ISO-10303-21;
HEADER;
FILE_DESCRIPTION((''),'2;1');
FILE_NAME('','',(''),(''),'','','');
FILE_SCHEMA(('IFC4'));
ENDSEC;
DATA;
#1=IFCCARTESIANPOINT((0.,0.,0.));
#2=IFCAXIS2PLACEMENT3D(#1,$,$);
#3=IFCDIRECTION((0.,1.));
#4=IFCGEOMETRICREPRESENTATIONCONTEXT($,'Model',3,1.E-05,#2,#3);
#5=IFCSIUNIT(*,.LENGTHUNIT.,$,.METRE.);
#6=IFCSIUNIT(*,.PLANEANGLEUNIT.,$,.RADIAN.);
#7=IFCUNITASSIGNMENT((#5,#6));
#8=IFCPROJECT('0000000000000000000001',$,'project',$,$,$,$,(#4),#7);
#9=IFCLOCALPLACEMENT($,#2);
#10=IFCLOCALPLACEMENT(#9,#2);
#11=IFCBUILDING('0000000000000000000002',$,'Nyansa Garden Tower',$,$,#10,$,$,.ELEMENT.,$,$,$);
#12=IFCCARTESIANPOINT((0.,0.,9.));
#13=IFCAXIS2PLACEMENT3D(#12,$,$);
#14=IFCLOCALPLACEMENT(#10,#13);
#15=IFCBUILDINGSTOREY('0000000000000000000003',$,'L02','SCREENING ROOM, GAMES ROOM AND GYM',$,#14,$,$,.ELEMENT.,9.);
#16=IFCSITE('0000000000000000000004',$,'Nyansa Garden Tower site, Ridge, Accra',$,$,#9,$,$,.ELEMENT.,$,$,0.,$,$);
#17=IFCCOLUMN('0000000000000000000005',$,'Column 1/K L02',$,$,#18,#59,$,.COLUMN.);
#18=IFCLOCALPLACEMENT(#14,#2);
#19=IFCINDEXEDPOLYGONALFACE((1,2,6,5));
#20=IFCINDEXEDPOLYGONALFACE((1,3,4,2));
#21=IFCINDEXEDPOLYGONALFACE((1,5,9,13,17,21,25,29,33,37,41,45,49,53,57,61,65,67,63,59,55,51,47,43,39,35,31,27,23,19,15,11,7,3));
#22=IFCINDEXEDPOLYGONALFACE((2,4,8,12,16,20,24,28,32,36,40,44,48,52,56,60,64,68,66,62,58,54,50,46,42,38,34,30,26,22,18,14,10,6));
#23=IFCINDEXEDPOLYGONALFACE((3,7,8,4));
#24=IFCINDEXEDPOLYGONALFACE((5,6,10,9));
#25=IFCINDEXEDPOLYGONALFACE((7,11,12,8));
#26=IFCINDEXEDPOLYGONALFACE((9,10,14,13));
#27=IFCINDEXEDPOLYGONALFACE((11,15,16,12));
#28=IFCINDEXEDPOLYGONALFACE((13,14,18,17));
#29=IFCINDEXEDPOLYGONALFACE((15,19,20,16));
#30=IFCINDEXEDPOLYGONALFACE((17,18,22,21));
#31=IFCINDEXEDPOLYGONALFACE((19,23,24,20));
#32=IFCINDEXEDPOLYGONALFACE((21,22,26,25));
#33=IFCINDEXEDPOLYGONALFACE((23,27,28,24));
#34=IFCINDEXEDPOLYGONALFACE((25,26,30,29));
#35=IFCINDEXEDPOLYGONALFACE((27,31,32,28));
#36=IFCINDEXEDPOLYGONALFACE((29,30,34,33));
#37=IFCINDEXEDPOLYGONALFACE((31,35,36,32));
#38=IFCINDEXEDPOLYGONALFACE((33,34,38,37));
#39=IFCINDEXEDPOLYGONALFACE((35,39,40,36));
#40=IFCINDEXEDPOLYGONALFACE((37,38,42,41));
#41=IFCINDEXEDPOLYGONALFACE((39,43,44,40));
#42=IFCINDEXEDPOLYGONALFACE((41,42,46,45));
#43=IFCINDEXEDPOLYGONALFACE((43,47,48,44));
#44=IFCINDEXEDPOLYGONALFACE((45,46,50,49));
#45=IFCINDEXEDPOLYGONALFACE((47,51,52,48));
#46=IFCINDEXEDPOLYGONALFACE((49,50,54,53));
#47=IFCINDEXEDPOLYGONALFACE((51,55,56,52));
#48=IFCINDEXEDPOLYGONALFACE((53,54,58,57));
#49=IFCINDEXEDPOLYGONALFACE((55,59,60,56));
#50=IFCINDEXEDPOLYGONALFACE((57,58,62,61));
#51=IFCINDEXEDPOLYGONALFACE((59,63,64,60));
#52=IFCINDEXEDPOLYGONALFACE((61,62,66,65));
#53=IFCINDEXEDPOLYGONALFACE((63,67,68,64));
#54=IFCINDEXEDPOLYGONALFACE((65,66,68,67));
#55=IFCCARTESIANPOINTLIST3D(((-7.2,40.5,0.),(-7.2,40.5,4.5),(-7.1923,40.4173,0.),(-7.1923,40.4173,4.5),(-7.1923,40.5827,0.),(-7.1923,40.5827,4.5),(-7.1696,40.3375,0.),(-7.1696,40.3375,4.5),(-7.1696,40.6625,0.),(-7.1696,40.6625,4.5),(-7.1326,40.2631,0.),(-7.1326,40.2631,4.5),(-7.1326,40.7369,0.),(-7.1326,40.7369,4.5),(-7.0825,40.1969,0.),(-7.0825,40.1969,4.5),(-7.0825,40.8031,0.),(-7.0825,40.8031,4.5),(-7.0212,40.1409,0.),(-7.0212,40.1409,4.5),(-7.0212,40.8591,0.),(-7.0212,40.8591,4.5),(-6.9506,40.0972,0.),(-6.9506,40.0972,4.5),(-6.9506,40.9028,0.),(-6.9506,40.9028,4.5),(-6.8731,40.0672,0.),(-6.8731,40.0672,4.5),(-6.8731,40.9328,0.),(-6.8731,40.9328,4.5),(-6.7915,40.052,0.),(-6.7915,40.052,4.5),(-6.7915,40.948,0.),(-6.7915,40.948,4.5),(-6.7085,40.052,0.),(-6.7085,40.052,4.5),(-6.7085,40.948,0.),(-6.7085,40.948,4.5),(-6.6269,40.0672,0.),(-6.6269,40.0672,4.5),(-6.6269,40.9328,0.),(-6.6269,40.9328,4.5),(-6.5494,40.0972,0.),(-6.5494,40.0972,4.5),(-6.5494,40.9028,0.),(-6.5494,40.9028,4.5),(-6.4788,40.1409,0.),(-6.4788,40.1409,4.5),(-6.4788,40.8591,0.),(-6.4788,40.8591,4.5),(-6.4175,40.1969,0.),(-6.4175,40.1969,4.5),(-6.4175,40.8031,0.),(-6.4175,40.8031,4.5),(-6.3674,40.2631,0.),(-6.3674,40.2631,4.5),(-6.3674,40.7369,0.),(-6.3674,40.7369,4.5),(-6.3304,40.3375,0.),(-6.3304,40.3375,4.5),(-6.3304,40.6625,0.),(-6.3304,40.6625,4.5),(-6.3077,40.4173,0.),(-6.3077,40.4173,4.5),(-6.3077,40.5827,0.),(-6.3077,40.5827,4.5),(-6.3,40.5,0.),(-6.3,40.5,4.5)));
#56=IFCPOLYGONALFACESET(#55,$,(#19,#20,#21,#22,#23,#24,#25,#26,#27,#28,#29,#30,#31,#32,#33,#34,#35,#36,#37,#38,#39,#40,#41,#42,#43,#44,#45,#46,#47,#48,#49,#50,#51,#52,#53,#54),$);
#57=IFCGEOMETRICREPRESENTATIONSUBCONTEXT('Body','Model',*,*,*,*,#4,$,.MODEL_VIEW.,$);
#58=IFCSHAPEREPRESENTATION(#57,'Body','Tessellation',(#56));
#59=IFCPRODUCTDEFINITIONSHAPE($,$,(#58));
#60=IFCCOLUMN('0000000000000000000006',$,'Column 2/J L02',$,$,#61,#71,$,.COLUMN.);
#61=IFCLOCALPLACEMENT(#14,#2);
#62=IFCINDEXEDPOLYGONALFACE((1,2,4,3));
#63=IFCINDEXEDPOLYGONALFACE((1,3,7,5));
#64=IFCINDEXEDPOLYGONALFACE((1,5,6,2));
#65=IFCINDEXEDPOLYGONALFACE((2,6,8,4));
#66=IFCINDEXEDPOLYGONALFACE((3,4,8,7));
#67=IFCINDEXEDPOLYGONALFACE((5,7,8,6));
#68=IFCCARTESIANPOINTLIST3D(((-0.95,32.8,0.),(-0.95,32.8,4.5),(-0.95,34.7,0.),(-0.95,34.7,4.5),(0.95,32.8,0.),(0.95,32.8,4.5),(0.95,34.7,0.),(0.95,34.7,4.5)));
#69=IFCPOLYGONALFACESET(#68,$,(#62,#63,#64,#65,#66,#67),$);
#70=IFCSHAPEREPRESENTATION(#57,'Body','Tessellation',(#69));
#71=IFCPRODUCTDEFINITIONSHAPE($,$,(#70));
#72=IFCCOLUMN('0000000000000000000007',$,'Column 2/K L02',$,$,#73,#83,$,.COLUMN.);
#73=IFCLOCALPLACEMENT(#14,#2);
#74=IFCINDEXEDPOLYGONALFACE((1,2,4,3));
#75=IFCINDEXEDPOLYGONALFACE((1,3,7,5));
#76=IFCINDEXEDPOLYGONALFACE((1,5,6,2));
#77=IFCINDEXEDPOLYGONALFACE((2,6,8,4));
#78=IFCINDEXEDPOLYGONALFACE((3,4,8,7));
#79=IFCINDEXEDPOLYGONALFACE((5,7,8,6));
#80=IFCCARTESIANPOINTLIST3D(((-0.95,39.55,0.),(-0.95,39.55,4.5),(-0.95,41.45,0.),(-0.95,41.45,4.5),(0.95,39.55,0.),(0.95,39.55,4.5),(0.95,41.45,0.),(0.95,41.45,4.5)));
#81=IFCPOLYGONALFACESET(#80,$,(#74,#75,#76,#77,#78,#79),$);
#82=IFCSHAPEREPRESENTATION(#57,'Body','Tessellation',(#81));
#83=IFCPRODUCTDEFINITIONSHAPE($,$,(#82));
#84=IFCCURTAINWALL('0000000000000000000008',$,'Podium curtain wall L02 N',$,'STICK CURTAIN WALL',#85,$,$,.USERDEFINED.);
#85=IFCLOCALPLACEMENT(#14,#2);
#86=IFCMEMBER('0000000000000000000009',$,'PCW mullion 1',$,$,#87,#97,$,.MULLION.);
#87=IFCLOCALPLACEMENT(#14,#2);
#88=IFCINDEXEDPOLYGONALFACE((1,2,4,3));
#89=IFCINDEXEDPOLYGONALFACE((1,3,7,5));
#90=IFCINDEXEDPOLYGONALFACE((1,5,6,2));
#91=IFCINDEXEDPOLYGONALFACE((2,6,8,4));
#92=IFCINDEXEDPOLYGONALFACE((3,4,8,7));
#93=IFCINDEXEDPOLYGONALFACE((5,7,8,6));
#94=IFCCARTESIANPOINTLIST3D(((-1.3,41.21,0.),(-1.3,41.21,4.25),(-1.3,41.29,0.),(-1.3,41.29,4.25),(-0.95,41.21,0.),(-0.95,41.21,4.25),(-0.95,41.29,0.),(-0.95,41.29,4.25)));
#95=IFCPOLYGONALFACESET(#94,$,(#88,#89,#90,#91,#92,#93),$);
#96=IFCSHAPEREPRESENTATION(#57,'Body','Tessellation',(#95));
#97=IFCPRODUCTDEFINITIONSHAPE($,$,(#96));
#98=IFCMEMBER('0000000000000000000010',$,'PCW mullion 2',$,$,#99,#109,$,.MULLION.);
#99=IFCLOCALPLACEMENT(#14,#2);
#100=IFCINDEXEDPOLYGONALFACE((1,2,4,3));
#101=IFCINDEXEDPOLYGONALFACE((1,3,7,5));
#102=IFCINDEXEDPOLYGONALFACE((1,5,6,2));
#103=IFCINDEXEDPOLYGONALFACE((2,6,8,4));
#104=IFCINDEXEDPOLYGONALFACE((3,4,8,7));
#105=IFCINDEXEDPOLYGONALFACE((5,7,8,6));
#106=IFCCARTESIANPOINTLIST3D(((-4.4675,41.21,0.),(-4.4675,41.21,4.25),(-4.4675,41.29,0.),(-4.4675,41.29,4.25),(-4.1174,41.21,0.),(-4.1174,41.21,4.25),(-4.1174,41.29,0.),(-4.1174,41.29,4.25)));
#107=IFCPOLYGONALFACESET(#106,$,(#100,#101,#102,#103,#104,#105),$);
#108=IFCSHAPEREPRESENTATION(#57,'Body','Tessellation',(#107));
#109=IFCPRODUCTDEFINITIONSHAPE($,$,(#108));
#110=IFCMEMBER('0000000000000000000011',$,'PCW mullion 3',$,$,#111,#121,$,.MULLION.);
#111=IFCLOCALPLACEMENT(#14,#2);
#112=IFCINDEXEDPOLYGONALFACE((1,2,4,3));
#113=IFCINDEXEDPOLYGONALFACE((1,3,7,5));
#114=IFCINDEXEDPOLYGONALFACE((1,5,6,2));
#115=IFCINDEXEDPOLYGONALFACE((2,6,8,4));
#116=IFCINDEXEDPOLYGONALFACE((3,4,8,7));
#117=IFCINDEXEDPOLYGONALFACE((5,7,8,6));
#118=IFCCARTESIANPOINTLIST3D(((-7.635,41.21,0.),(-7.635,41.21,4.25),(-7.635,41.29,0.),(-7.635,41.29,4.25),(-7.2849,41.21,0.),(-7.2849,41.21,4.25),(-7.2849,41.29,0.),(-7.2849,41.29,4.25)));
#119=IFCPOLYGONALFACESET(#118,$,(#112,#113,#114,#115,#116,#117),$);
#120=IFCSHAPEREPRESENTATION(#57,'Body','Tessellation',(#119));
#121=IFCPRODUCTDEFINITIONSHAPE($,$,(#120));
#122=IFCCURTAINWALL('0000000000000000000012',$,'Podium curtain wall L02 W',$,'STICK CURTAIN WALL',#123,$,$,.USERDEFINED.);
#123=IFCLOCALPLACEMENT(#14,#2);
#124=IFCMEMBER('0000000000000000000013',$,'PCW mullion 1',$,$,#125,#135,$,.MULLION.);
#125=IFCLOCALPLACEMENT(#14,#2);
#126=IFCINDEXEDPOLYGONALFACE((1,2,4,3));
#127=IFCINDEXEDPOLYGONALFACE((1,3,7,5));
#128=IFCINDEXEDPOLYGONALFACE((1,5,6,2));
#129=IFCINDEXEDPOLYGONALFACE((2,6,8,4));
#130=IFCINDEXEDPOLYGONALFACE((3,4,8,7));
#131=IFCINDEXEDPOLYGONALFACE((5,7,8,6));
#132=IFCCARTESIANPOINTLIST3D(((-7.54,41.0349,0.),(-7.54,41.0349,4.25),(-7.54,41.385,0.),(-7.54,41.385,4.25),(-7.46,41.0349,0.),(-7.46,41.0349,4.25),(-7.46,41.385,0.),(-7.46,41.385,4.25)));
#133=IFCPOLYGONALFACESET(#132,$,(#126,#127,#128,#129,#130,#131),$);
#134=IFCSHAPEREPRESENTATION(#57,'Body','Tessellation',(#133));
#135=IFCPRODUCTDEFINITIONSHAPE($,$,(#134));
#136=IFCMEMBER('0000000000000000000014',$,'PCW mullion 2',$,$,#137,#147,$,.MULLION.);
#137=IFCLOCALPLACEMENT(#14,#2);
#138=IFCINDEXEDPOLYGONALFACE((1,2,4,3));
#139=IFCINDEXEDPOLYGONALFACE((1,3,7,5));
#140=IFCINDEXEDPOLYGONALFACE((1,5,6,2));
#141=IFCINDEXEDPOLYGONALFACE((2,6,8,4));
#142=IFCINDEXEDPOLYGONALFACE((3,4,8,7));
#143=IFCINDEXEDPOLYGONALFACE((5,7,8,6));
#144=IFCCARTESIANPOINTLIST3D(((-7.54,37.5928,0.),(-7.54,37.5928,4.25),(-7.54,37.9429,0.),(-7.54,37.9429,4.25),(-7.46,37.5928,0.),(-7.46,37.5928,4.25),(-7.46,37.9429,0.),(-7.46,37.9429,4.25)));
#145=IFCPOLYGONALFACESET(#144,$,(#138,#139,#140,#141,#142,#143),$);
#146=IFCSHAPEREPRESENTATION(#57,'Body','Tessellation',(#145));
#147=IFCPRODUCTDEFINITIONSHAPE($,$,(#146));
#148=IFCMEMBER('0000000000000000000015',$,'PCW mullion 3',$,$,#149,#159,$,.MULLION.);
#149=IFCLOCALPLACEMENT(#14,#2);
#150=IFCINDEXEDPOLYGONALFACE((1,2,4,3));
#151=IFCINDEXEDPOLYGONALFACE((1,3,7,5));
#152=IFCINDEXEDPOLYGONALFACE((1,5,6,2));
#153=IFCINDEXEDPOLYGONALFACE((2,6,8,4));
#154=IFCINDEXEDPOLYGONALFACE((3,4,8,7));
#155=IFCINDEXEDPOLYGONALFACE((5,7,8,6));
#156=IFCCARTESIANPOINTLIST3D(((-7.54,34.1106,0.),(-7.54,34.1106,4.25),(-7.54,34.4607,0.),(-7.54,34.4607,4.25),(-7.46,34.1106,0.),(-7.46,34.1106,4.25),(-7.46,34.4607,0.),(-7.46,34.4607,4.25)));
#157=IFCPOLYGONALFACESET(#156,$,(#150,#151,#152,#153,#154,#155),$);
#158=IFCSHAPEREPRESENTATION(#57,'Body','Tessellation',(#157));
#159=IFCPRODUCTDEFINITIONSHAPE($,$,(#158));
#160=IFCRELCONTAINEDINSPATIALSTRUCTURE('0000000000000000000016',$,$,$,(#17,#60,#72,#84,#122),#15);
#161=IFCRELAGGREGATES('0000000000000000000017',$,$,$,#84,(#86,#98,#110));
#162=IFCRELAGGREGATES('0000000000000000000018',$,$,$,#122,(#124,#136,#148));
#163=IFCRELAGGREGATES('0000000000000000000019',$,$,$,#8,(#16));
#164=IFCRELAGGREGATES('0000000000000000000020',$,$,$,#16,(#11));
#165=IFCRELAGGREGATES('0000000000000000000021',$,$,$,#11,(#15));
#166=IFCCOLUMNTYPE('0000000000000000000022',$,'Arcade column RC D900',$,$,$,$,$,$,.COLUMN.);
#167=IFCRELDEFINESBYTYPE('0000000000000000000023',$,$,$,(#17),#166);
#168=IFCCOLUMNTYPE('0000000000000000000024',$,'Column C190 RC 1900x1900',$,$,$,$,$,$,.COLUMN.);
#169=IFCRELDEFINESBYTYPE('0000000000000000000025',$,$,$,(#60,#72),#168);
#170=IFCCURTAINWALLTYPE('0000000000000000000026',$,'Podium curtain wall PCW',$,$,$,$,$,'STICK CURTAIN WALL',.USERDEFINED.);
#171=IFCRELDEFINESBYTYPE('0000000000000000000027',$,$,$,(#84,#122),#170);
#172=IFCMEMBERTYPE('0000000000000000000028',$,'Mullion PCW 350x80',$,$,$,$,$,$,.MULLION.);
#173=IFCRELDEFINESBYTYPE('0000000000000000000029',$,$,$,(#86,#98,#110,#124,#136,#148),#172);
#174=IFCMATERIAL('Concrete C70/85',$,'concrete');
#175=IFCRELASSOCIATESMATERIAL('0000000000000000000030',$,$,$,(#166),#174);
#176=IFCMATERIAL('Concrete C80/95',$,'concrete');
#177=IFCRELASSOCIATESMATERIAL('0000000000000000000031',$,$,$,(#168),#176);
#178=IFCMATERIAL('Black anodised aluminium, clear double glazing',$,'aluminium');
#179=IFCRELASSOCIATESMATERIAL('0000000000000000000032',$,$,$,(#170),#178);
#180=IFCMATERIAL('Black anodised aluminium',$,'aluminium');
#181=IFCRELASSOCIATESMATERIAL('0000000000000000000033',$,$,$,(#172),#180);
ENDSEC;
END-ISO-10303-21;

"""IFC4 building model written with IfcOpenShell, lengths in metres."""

from ifc_helpers import new_model, si_unit, direction, frame, origin, origin_2d, place, context, subcontext, project, spatial, rectangle, circle, extrude, material, material_profile, profile_set, type_object, element, aggregate, save


model = new_model("IFC4")

# Units and contexts
model_context = context("Model", 3, precision=1e-05, world=origin(), true_north=direction((0.0, 1.0)))
body_context = subcontext(model_context, "Body", "Model", "MODEL_VIEW")
ifc_project = project(units=[si_unit("LENGTHUNIT", "METRE"), si_unit("PLANEANGLEUNIT", "RADIAN")], contexts=[model_context])

# Site, building, storey
site_placement = place(None, origin())
site = spatial("IfcSite", under=ifc_project, at=site_placement, Name="Nyansa Garden Tower site, Ridge, Accra", CompositionType="ELEMENT", RefElevation=0.0)
building_placement = place(site_placement, origin())
building = spatial("IfcBuilding", under=site, at=building_placement, Name="Nyansa Garden Tower", CompositionType="ELEMENT")
storey_placement = place(building_placement, frame((0.0, 0.0, 9.0)))
storey = spatial("IfcBuildingStorey", under=building, at=storey_placement, Name="L02", Description="SCREENING ROOM, GAMES ROOM AND GYM", CompositionType="ELEMENT", Elevation=9.0)

# Columns
ifc_material_1 = material(Name="Concrete C70/85", Category="concrete")
ifc_material_profile_1 = material_profile(ifc_material_1, circle(Radius=0.45, at=origin_2d()), Name="RC D900")
ifc_profile_set_1 = profile_set([ifc_material_profile_1], Name="Concrete C70/85")
column_type_1 = type_object("IfcColumnType", Name="Arcade column RC D900", PredefinedType="COLUMN", material=ifc_profile_set_1)
column_placement = place(storey_placement, frame((-6.75, 40.5, 0.0), z_axis=(0.0, 0.0, 1.0), x_axis=(1.0, 0.0, 0.0)))
element("IfcColumn", 1, at=column_placement, inside=storey, type_object=column_type_1, Name="Column 1/K L02", PredefinedType="COLUMN", context=body_context, shape_type="SweptSolid", body=[
    extrude(circle(Radius=0.45, at=origin_2d()), origin(), (0.0, 0.0, 1.0), 4.5),
])
ifc_material_2 = material(Name="Concrete C80/95", Category="concrete")
ifc_material_profile_2 = material_profile(ifc_material_2, rectangle(XDim=1.8999, YDim=1.8999, at=origin_2d()), Name="RC 1900x1900")
ifc_profile_set_2 = profile_set([ifc_material_profile_2], Name="Concrete C80/95")
column_type_2 = type_object("IfcColumnType", Name="Column C190 RC 1900x1900", PredefinedType="COLUMN", material=ifc_profile_set_2)
for number, where, z_axis, x_axis, name in (
    (2, (0.0, 33.75, 0.0), (0.0, 0.0, 1.0), (1.0, 0.0, 0.0), "Column 2/J L02"),
    (3, (0.0, 40.5, 0.0), (0.0, 0.0, 1.0), (1.0, 0.0, 0.0), "Column 2/K L02"),
):
    element("IfcColumn", number, at=place(storey_placement, frame(where, z_axis=z_axis, x_axis=x_axis)), inside=storey, type_object=column_type_2, Name=name, PredefinedType="COLUMN", context=body_context, shape_type="SweptSolid", body=[
        extrude(rectangle(XDim=1.8999, YDim=1.8999, at=origin_2d()), origin(), (0.0, 0.0, 1.0), 4.5),
    ])

# Curtain walls, members
ifc_material_3 = material(Name="Black anodised aluminium, clear double glazing", Category="aluminium")
curtain_wall_type = type_object("IfcCurtainWallType", Name="Podium curtain wall PCW", ElementType="STICK CURTAIN WALL", PredefinedType="USERDEFINED", material=ifc_material_3)
curtain_wall_1_placement = place(storey_placement, origin())
curtain_wall_1 = element("IfcCurtainWall", 4, at=curtain_wall_1_placement, inside=storey, type_object=curtain_wall_type, Name="Podium curtain wall L02 N", ObjectType="STICK CURTAIN WALL", PredefinedType="USERDEFINED")
ifc_material_4 = material(Name="Black anodised aluminium", Category="aluminium")
ifc_material_profile_3 = material_profile(ifc_material_4, rectangle(XDim=0.0801, YDim=0.3501, at=origin_2d()), Name="Mullion 350x80")
ifc_profile_set_3 = profile_set([ifc_material_profile_3], Name="Black anodised aluminium")
member_type_1 = type_object("IfcMemberType", Name="Mullion PCW 350x80", PredefinedType="MULLION", material=ifc_profile_set_3)
member_1_placement = place(storey_placement, frame((-1.125, 41.25, 0.0), z_axis=(0.0, 0.0, 1.0), x_axis=(0.0, -1.0, 0.0)))
member_1 = element("IfcMember", 5, at=member_1_placement, type_object=member_type_1, Name="PCW mullion 1", PredefinedType="MULLION", context=body_context, shape_type="SweptSolid", body=[
    extrude(rectangle(XDim=0.0801, YDim=0.3501, at=origin_2d()), origin(), (0.0, 0.0, 1.0), 4.25),
])
member_2_placement = place(storey_placement, frame((-4.2925, 41.25, 0.0), z_axis=(0.0, 0.0, 1.0), x_axis=(0.0, -1.0, 0.0)))
member_2 = element("IfcMember", 6, at=member_2_placement, type_object=member_type_1, Name="PCW mullion 2", PredefinedType="MULLION", context=body_context, shape_type="SweptSolid", body=[
    extrude(rectangle(XDim=0.0801, YDim=0.3501, at=origin_2d()), origin(), (0.0, 0.0, 1.0), 4.25),
])
member_3_placement = place(storey_placement, frame((-7.46, 41.25, 0.0), z_axis=(0.0, 0.0, 1.0), x_axis=(0.0, -1.0, 0.0)))
member_3 = element("IfcMember", 7, at=member_3_placement, type_object=member_type_1, Name="PCW mullion 3", PredefinedType="MULLION", context=body_context, shape_type="SweptSolid", body=[
    extrude(rectangle(XDim=0.0801, YDim=0.3501, at=origin_2d()), origin(), (0.0, 0.0, 1.0), 4.25),
])
curtain_wall_2_placement = place(storey_placement, origin())
curtain_wall_2 = element("IfcCurtainWall", 8, at=curtain_wall_2_placement, inside=storey, type_object=curtain_wall_type, Name="Podium curtain wall L02 W", ObjectType="STICK CURTAIN WALL", PredefinedType="USERDEFINED")
member_4_placement = place(storey_placement, frame((-7.5, 41.21, 0.0), z_axis=(0.0, 0.0, 1.0), x_axis=(1.0, 0.0, 0.0)))
member_4 = element("IfcMember", 9, at=member_4_placement, type_object=member_type_1, Name="PCW mullion 1", PredefinedType="MULLION", context=body_context, shape_type="SweptSolid", body=[
    extrude(rectangle(XDim=0.0801, YDim=0.3501, at=origin_2d()), origin(), (0.0, 0.0, 1.0), 4.25),
])
member_5_placement = place(storey_placement, frame((-7.5, 37.7678, 0.0), z_axis=(0.0, 0.0, 1.0), x_axis=(1.0, 0.0, 0.0)))
member_5 = element("IfcMember", 10, at=member_5_placement, type_object=member_type_1, Name="PCW mullion 2", PredefinedType="MULLION", context=body_context, shape_type="SweptSolid", body=[
    extrude(rectangle(XDim=0.0801, YDim=0.3501, at=origin_2d()), origin(), (0.0, 0.0, 1.0), 4.25),
])
member_6_placement = place(storey_placement, frame((-7.5, 34.2856, 0.0), z_axis=(0.0, 0.0, 1.0), x_axis=(1.0, 0.0, 0.0)))
member_6 = element("IfcMember", 11, at=member_6_placement, type_object=member_type_1, Name="PCW mullion 3", PredefinedType="MULLION", context=body_context, shape_type="SweptSolid", body=[
    extrude(rectangle(XDim=0.0801, YDim=0.3501, at=origin_2d()), origin(), (0.0, 0.0, 1.0), 4.25),
])

aggregate(curtain_wall_1, [member_1, member_2, member_3])
aggregate(curtain_wall_2, [member_4, member_5, member_6])

save(model, "model.ifc")
